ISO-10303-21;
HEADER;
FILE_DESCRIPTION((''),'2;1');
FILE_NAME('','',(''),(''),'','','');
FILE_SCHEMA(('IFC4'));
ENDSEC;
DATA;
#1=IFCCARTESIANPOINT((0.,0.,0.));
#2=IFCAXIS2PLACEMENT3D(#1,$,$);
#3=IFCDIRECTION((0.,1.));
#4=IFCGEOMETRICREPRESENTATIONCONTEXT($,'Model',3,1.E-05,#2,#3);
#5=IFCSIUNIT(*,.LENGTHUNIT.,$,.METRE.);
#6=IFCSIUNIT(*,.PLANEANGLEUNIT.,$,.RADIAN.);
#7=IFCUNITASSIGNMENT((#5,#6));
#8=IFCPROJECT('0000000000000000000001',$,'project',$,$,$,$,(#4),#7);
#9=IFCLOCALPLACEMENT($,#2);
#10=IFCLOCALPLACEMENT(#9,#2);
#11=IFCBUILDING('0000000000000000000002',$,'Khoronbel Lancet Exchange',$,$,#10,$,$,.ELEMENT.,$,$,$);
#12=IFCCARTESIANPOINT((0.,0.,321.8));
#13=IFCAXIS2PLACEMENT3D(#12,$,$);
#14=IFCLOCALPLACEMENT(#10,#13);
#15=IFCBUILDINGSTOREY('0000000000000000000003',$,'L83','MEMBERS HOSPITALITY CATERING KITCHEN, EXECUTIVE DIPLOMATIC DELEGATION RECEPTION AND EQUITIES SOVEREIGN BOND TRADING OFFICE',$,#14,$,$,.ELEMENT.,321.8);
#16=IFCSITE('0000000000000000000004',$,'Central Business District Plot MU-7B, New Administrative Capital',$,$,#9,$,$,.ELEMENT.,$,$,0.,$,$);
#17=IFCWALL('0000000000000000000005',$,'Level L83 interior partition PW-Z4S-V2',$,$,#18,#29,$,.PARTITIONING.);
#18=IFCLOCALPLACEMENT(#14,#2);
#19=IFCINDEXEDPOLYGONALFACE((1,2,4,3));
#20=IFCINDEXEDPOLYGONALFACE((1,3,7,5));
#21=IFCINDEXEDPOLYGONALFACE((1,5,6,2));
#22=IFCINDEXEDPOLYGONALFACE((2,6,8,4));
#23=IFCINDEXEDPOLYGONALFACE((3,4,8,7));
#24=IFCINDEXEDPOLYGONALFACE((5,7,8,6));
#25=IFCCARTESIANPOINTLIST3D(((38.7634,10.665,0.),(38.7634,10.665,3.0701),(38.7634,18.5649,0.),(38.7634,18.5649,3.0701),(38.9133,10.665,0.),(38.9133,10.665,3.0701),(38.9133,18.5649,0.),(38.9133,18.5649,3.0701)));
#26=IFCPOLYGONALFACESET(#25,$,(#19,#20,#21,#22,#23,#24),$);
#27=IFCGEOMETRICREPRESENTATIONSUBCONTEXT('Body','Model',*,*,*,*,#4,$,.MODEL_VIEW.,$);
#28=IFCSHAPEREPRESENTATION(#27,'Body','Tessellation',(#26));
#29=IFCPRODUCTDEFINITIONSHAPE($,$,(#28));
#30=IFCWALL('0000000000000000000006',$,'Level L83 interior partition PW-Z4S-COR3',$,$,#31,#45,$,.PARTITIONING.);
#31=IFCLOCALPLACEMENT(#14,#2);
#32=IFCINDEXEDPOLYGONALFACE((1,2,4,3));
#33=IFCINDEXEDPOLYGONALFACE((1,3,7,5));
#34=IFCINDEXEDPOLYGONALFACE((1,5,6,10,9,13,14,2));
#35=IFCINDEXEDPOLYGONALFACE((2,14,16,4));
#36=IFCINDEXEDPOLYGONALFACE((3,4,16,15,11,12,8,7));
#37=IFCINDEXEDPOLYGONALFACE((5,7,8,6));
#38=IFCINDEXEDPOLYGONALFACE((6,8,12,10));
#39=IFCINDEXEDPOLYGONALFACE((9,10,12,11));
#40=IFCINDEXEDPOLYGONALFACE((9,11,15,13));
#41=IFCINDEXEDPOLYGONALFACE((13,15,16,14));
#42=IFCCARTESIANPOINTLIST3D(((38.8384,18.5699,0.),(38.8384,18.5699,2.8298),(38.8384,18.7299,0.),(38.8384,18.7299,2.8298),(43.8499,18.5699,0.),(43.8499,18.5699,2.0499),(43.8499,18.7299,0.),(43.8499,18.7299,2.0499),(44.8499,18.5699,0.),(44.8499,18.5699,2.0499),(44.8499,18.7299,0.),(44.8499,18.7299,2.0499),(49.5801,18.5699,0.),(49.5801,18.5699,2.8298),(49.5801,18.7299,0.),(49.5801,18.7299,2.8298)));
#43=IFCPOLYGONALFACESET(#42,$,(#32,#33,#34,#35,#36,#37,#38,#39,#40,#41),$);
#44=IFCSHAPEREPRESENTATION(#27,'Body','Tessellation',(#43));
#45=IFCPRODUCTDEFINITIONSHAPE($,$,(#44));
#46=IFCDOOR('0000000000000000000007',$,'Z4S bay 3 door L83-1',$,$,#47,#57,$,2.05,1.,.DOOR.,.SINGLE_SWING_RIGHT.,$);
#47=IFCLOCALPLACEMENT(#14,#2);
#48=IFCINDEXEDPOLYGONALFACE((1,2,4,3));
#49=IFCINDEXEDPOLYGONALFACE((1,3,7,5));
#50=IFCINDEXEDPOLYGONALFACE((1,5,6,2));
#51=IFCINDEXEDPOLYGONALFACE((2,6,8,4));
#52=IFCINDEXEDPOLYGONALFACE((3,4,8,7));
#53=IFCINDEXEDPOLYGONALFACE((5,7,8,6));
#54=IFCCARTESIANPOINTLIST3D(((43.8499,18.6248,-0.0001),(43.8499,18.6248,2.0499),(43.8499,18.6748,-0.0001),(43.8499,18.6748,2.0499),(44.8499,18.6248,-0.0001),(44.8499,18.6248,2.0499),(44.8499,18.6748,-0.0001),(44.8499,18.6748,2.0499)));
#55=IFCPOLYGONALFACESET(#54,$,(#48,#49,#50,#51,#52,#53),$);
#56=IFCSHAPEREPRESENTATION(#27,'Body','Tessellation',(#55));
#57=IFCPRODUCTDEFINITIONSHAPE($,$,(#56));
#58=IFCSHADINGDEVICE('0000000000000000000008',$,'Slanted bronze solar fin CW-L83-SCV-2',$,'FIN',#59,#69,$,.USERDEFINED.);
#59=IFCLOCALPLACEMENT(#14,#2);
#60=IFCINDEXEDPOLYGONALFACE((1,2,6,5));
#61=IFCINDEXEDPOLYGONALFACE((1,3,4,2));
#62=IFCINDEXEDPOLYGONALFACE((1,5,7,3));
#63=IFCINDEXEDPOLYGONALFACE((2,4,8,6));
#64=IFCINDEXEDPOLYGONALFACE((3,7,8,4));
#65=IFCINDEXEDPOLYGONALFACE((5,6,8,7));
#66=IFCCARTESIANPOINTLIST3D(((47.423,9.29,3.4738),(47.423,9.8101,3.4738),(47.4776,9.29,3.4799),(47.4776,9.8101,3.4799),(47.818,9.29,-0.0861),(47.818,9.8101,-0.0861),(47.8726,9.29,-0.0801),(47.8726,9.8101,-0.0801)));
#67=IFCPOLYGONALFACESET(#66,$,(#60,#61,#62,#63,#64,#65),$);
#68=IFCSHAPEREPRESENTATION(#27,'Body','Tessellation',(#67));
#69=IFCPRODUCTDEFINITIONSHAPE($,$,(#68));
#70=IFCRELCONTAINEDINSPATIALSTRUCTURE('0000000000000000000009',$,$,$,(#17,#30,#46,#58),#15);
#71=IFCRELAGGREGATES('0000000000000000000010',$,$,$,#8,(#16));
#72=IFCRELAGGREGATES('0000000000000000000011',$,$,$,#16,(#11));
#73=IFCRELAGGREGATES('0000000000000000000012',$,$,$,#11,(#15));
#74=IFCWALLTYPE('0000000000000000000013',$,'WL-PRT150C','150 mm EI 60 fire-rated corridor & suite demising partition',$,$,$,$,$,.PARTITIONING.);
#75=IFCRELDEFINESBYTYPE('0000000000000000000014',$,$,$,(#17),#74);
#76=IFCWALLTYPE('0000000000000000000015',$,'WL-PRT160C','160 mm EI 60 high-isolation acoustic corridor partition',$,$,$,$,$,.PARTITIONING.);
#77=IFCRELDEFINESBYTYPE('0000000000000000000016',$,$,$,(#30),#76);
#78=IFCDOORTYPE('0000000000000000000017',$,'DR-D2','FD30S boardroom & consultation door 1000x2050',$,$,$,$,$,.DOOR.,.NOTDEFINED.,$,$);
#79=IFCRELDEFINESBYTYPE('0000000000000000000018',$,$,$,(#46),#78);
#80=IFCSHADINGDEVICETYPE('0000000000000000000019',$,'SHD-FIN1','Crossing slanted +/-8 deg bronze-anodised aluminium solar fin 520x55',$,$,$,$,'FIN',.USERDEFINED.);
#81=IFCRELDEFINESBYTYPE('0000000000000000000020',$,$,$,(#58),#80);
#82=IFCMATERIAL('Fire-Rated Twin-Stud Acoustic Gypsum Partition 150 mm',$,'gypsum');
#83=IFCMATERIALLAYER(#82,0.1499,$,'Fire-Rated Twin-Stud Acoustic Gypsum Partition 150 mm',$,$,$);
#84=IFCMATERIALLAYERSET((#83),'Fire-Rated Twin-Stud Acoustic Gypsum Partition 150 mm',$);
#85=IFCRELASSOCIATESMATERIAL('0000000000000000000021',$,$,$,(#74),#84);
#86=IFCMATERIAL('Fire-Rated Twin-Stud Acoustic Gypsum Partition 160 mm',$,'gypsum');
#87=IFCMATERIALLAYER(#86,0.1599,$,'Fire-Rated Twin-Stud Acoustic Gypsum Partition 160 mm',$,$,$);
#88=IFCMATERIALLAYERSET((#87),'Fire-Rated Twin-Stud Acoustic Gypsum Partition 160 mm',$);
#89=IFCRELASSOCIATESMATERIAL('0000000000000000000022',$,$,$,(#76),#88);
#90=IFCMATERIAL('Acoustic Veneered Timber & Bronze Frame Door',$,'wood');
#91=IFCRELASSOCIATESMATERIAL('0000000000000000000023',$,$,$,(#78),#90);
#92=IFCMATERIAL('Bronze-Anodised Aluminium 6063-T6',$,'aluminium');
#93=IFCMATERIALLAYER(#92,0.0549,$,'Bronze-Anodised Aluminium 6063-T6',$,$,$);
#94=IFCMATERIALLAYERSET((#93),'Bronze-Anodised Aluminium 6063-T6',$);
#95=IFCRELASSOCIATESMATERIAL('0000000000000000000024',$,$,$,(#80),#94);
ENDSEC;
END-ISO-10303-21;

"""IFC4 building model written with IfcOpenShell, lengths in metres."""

from ifc_helpers import new_model, si_unit, direction, frame, frame_2d, origin, place, context, subcontext, project, spatial, polyline, rectangle, outline, extrude, material, layer, layer_set, type_object, element, fill, save


model = new_model("IFC4")

# Units and contexts
model_context = context("Model", 3, precision=1e-05, world=origin(), true_north=direction((0.0, 1.0)))
body_context = subcontext(model_context, "Body", "Model", "MODEL_VIEW")
ifc_project = project(units=[si_unit("LENGTHUNIT", "METRE"), si_unit("PLANEANGLEUNIT", "RADIAN")], contexts=[model_context])

# Site, building, storey
site_placement = place(None, origin())
site = spatial("IfcSite", under=ifc_project, at=site_placement, Name="Central Business District Plot MU-7B, New Administrative Capital", CompositionType="ELEMENT", RefElevation=0.0)
building_placement = place(site_placement, origin())
building = spatial("IfcBuilding", under=site, at=building_placement, Name="Khoronbel Lancet Exchange", CompositionType="ELEMENT")
storey_placement = place(building_placement, frame((0.0, 0.0, 321.8)))
storey = spatial("IfcBuildingStorey", under=building, at=storey_placement, Name="L83", Description="MEMBERS HOSPITALITY CATERING KITCHEN, EXECUTIVE DIPLOMATIC DELEGATION RECEPTION AND EQUITIES SOVEREIGN BOND TRADING OFFICE", CompositionType="ELEMENT", Elevation=321.8)

# Shared definitions
ifc_material_1 = material(Name="Bronze-Anodised Aluminium 6063-T6", Category="aluminium")

# Shared definitions
ifc_material_2 = material(Name="Fire-Rated Twin-Stud Acoustic Gypsum Partition 150 mm", Category="gypsum")
ifc_layer_1 = layer(ifc_material_2, 0.1499, Name="Fire-Rated Twin-Stud Acoustic Gypsum Partition 150 mm")
ifc_layer_set_1 = layer_set([ifc_layer_1], Name="Fire-Rated Twin-Stud Acoustic Gypsum Partition 150 mm")
wall_type_1 = type_object("IfcWallType", Name="WL-PRT150C", Description="150 mm EI 60 fire-rated corridor & suite demising partition", PredefinedType="PARTITIONING", material=ifc_layer_set_1)

# Wall
wall_1_placement = place(storey_placement, frame((38.8384, 10.665, 0.0), z_axis=(0.0, 0.0, 1.0), x_axis=(0.0, 1.0, 0.0)))
element("IfcWall", 1, at=wall_1_placement, inside=storey, type_object=wall_type_1, Name="Level L83 interior partition PW-Z4S-V2", PredefinedType="PARTITIONING", context=body_context, shape_type="SweptSolid", body=[
    extrude(rectangle(XDim=7.8999, YDim=0.1499, at=frame_2d((3.95, 0.0))), origin(), (0.0, 0.0, 1.0), 3.0701),
])

# Wall, opening, door
ifc_material_3 = material(Name="Fire-Rated Twin-Stud Acoustic Gypsum Partition 160 mm", Category="gypsum")
ifc_layer_2 = layer(ifc_material_3, 0.1599, Name="Fire-Rated Twin-Stud Acoustic Gypsum Partition 160 mm")
ifc_layer_set_2 = layer_set([ifc_layer_2], Name="Fire-Rated Twin-Stud Acoustic Gypsum Partition 160 mm")
wall_type_2 = type_object("IfcWallType", Name="WL-PRT160C", Description="160 mm EI 60 high-isolation acoustic corridor partition", PredefinedType="PARTITIONING", material=ifc_layer_set_2)
wall_2_placement = place(storey_placement, frame((38.8384, 18.6499, 0.0), z_axis=(0.0, 0.0, 1.0), x_axis=(1.0, 0.0, 0.0)))
wall_2 = element("IfcWall", 2, at=wall_2_placement, inside=storey, type_object=wall_type_2, Name="Level L83 interior partition PW-Z4S-COR3", PredefinedType="PARTITIONING", context=body_context, shape_type="SweptSolid", body=[
    extrude(rectangle(XDim=10.7417, YDim=0.1599, at=frame_2d((5.3708, 0.0))), origin(), (0.0, 0.0, 1.0), 2.8298),
])
opening_1_placement = place(wall_2_placement, frame((5.0115, 0.0, 0.0)))
opening_1 = element("IfcOpeningElement", 3, at=opening_1_placement, cuts=wall_2, PredefinedType="OPENING", context=body_context, shape_type="SweptSolid", body=[
    extrude(rectangle(XDim=1.0, YDim=2.05, at=frame_2d((0.5, 1.0249))), frame((0.0, 0.0898, 0.0), z_axis=(0.0, -1.0, 0.0), x_axis=(1.0, 0.0, 0.0)), (0.0, 0.0, 1.0), 0.1799),
])
ifc_material_4 = material(Name="Acoustic Veneered Timber & Bronze Frame Door", Category="wood")
door_type_1 = type_object("IfcDoorType", Name="DR-D2", Description="FD30S boardroom & consultation door 1000x2050", OperationType="NOTDEFINED", PredefinedType="DOOR", material=ifc_material_4)
door_1_placement = place(opening_1_placement, origin())
door_1 = element("IfcDoor", 4, at=door_1_placement, inside=storey, type_object=door_type_1, Name="Z4S bay 3 door L83-1", OperationType="SINGLE_SWING_RIGHT", OverallHeight=2.05, OverallWidth=1.0, PredefinedType="DOOR", context=body_context, shape_type="SweptSolid", body=[
    extrude(rectangle(XDim=1.0, YDim=2.05, at=frame_2d((0.5, 1.0249))), frame((0.0, 0.0249, 0.0), z_axis=(0.0, -1.0, 0.0), x_axis=(1.0, 0.0, 0.0)), (0.0, 0.0, 1.0), 0.05),
])
fill(opening_1, door_1)

# Shading device
ifc_layer_3 = layer(ifc_material_1, 0.0549, Name="Bronze-Anodised Aluminium 6063-T6")
ifc_layer_set_3 = layer_set([ifc_layer_3], Name="Bronze-Anodised Aluminium 6063-T6")
shading_device_type = type_object("IfcShadingDeviceType", Name="SHD-FIN1", Description="Crossing slanted +/-8 deg bronze-anodised aluminium solar fin 520x55", ElementType="FIN", PredefinedType="USERDEFINED", material=ifc_layer_set_3)
shading_device_placement = place(storey_placement, frame((47.8726, 9.8101, -0.0801), z_axis=(0.9939, 0.0, 0.110282), x_axis=(0.0, -1.0, 0.0)))
element("IfcShadingDevice", 5, at=shading_device_placement, inside=storey, type_object=shading_device_type, Name="Slanted bronze solar fin CW-L83-SCV-2", ObjectType="FIN", PredefinedType="USERDEFINED", context=body_context, shape_type="SweptSolid", body=[
    extrude(outline(polyline([(0.0, 0.0), (0.52, 0.0), (0.52, -3.5818), (0.0, -3.5818), (0.0, 0.0)])), origin(), (0.0, 0.0, -1.0), 0.0549),
])

save(model, "model.ifc")
